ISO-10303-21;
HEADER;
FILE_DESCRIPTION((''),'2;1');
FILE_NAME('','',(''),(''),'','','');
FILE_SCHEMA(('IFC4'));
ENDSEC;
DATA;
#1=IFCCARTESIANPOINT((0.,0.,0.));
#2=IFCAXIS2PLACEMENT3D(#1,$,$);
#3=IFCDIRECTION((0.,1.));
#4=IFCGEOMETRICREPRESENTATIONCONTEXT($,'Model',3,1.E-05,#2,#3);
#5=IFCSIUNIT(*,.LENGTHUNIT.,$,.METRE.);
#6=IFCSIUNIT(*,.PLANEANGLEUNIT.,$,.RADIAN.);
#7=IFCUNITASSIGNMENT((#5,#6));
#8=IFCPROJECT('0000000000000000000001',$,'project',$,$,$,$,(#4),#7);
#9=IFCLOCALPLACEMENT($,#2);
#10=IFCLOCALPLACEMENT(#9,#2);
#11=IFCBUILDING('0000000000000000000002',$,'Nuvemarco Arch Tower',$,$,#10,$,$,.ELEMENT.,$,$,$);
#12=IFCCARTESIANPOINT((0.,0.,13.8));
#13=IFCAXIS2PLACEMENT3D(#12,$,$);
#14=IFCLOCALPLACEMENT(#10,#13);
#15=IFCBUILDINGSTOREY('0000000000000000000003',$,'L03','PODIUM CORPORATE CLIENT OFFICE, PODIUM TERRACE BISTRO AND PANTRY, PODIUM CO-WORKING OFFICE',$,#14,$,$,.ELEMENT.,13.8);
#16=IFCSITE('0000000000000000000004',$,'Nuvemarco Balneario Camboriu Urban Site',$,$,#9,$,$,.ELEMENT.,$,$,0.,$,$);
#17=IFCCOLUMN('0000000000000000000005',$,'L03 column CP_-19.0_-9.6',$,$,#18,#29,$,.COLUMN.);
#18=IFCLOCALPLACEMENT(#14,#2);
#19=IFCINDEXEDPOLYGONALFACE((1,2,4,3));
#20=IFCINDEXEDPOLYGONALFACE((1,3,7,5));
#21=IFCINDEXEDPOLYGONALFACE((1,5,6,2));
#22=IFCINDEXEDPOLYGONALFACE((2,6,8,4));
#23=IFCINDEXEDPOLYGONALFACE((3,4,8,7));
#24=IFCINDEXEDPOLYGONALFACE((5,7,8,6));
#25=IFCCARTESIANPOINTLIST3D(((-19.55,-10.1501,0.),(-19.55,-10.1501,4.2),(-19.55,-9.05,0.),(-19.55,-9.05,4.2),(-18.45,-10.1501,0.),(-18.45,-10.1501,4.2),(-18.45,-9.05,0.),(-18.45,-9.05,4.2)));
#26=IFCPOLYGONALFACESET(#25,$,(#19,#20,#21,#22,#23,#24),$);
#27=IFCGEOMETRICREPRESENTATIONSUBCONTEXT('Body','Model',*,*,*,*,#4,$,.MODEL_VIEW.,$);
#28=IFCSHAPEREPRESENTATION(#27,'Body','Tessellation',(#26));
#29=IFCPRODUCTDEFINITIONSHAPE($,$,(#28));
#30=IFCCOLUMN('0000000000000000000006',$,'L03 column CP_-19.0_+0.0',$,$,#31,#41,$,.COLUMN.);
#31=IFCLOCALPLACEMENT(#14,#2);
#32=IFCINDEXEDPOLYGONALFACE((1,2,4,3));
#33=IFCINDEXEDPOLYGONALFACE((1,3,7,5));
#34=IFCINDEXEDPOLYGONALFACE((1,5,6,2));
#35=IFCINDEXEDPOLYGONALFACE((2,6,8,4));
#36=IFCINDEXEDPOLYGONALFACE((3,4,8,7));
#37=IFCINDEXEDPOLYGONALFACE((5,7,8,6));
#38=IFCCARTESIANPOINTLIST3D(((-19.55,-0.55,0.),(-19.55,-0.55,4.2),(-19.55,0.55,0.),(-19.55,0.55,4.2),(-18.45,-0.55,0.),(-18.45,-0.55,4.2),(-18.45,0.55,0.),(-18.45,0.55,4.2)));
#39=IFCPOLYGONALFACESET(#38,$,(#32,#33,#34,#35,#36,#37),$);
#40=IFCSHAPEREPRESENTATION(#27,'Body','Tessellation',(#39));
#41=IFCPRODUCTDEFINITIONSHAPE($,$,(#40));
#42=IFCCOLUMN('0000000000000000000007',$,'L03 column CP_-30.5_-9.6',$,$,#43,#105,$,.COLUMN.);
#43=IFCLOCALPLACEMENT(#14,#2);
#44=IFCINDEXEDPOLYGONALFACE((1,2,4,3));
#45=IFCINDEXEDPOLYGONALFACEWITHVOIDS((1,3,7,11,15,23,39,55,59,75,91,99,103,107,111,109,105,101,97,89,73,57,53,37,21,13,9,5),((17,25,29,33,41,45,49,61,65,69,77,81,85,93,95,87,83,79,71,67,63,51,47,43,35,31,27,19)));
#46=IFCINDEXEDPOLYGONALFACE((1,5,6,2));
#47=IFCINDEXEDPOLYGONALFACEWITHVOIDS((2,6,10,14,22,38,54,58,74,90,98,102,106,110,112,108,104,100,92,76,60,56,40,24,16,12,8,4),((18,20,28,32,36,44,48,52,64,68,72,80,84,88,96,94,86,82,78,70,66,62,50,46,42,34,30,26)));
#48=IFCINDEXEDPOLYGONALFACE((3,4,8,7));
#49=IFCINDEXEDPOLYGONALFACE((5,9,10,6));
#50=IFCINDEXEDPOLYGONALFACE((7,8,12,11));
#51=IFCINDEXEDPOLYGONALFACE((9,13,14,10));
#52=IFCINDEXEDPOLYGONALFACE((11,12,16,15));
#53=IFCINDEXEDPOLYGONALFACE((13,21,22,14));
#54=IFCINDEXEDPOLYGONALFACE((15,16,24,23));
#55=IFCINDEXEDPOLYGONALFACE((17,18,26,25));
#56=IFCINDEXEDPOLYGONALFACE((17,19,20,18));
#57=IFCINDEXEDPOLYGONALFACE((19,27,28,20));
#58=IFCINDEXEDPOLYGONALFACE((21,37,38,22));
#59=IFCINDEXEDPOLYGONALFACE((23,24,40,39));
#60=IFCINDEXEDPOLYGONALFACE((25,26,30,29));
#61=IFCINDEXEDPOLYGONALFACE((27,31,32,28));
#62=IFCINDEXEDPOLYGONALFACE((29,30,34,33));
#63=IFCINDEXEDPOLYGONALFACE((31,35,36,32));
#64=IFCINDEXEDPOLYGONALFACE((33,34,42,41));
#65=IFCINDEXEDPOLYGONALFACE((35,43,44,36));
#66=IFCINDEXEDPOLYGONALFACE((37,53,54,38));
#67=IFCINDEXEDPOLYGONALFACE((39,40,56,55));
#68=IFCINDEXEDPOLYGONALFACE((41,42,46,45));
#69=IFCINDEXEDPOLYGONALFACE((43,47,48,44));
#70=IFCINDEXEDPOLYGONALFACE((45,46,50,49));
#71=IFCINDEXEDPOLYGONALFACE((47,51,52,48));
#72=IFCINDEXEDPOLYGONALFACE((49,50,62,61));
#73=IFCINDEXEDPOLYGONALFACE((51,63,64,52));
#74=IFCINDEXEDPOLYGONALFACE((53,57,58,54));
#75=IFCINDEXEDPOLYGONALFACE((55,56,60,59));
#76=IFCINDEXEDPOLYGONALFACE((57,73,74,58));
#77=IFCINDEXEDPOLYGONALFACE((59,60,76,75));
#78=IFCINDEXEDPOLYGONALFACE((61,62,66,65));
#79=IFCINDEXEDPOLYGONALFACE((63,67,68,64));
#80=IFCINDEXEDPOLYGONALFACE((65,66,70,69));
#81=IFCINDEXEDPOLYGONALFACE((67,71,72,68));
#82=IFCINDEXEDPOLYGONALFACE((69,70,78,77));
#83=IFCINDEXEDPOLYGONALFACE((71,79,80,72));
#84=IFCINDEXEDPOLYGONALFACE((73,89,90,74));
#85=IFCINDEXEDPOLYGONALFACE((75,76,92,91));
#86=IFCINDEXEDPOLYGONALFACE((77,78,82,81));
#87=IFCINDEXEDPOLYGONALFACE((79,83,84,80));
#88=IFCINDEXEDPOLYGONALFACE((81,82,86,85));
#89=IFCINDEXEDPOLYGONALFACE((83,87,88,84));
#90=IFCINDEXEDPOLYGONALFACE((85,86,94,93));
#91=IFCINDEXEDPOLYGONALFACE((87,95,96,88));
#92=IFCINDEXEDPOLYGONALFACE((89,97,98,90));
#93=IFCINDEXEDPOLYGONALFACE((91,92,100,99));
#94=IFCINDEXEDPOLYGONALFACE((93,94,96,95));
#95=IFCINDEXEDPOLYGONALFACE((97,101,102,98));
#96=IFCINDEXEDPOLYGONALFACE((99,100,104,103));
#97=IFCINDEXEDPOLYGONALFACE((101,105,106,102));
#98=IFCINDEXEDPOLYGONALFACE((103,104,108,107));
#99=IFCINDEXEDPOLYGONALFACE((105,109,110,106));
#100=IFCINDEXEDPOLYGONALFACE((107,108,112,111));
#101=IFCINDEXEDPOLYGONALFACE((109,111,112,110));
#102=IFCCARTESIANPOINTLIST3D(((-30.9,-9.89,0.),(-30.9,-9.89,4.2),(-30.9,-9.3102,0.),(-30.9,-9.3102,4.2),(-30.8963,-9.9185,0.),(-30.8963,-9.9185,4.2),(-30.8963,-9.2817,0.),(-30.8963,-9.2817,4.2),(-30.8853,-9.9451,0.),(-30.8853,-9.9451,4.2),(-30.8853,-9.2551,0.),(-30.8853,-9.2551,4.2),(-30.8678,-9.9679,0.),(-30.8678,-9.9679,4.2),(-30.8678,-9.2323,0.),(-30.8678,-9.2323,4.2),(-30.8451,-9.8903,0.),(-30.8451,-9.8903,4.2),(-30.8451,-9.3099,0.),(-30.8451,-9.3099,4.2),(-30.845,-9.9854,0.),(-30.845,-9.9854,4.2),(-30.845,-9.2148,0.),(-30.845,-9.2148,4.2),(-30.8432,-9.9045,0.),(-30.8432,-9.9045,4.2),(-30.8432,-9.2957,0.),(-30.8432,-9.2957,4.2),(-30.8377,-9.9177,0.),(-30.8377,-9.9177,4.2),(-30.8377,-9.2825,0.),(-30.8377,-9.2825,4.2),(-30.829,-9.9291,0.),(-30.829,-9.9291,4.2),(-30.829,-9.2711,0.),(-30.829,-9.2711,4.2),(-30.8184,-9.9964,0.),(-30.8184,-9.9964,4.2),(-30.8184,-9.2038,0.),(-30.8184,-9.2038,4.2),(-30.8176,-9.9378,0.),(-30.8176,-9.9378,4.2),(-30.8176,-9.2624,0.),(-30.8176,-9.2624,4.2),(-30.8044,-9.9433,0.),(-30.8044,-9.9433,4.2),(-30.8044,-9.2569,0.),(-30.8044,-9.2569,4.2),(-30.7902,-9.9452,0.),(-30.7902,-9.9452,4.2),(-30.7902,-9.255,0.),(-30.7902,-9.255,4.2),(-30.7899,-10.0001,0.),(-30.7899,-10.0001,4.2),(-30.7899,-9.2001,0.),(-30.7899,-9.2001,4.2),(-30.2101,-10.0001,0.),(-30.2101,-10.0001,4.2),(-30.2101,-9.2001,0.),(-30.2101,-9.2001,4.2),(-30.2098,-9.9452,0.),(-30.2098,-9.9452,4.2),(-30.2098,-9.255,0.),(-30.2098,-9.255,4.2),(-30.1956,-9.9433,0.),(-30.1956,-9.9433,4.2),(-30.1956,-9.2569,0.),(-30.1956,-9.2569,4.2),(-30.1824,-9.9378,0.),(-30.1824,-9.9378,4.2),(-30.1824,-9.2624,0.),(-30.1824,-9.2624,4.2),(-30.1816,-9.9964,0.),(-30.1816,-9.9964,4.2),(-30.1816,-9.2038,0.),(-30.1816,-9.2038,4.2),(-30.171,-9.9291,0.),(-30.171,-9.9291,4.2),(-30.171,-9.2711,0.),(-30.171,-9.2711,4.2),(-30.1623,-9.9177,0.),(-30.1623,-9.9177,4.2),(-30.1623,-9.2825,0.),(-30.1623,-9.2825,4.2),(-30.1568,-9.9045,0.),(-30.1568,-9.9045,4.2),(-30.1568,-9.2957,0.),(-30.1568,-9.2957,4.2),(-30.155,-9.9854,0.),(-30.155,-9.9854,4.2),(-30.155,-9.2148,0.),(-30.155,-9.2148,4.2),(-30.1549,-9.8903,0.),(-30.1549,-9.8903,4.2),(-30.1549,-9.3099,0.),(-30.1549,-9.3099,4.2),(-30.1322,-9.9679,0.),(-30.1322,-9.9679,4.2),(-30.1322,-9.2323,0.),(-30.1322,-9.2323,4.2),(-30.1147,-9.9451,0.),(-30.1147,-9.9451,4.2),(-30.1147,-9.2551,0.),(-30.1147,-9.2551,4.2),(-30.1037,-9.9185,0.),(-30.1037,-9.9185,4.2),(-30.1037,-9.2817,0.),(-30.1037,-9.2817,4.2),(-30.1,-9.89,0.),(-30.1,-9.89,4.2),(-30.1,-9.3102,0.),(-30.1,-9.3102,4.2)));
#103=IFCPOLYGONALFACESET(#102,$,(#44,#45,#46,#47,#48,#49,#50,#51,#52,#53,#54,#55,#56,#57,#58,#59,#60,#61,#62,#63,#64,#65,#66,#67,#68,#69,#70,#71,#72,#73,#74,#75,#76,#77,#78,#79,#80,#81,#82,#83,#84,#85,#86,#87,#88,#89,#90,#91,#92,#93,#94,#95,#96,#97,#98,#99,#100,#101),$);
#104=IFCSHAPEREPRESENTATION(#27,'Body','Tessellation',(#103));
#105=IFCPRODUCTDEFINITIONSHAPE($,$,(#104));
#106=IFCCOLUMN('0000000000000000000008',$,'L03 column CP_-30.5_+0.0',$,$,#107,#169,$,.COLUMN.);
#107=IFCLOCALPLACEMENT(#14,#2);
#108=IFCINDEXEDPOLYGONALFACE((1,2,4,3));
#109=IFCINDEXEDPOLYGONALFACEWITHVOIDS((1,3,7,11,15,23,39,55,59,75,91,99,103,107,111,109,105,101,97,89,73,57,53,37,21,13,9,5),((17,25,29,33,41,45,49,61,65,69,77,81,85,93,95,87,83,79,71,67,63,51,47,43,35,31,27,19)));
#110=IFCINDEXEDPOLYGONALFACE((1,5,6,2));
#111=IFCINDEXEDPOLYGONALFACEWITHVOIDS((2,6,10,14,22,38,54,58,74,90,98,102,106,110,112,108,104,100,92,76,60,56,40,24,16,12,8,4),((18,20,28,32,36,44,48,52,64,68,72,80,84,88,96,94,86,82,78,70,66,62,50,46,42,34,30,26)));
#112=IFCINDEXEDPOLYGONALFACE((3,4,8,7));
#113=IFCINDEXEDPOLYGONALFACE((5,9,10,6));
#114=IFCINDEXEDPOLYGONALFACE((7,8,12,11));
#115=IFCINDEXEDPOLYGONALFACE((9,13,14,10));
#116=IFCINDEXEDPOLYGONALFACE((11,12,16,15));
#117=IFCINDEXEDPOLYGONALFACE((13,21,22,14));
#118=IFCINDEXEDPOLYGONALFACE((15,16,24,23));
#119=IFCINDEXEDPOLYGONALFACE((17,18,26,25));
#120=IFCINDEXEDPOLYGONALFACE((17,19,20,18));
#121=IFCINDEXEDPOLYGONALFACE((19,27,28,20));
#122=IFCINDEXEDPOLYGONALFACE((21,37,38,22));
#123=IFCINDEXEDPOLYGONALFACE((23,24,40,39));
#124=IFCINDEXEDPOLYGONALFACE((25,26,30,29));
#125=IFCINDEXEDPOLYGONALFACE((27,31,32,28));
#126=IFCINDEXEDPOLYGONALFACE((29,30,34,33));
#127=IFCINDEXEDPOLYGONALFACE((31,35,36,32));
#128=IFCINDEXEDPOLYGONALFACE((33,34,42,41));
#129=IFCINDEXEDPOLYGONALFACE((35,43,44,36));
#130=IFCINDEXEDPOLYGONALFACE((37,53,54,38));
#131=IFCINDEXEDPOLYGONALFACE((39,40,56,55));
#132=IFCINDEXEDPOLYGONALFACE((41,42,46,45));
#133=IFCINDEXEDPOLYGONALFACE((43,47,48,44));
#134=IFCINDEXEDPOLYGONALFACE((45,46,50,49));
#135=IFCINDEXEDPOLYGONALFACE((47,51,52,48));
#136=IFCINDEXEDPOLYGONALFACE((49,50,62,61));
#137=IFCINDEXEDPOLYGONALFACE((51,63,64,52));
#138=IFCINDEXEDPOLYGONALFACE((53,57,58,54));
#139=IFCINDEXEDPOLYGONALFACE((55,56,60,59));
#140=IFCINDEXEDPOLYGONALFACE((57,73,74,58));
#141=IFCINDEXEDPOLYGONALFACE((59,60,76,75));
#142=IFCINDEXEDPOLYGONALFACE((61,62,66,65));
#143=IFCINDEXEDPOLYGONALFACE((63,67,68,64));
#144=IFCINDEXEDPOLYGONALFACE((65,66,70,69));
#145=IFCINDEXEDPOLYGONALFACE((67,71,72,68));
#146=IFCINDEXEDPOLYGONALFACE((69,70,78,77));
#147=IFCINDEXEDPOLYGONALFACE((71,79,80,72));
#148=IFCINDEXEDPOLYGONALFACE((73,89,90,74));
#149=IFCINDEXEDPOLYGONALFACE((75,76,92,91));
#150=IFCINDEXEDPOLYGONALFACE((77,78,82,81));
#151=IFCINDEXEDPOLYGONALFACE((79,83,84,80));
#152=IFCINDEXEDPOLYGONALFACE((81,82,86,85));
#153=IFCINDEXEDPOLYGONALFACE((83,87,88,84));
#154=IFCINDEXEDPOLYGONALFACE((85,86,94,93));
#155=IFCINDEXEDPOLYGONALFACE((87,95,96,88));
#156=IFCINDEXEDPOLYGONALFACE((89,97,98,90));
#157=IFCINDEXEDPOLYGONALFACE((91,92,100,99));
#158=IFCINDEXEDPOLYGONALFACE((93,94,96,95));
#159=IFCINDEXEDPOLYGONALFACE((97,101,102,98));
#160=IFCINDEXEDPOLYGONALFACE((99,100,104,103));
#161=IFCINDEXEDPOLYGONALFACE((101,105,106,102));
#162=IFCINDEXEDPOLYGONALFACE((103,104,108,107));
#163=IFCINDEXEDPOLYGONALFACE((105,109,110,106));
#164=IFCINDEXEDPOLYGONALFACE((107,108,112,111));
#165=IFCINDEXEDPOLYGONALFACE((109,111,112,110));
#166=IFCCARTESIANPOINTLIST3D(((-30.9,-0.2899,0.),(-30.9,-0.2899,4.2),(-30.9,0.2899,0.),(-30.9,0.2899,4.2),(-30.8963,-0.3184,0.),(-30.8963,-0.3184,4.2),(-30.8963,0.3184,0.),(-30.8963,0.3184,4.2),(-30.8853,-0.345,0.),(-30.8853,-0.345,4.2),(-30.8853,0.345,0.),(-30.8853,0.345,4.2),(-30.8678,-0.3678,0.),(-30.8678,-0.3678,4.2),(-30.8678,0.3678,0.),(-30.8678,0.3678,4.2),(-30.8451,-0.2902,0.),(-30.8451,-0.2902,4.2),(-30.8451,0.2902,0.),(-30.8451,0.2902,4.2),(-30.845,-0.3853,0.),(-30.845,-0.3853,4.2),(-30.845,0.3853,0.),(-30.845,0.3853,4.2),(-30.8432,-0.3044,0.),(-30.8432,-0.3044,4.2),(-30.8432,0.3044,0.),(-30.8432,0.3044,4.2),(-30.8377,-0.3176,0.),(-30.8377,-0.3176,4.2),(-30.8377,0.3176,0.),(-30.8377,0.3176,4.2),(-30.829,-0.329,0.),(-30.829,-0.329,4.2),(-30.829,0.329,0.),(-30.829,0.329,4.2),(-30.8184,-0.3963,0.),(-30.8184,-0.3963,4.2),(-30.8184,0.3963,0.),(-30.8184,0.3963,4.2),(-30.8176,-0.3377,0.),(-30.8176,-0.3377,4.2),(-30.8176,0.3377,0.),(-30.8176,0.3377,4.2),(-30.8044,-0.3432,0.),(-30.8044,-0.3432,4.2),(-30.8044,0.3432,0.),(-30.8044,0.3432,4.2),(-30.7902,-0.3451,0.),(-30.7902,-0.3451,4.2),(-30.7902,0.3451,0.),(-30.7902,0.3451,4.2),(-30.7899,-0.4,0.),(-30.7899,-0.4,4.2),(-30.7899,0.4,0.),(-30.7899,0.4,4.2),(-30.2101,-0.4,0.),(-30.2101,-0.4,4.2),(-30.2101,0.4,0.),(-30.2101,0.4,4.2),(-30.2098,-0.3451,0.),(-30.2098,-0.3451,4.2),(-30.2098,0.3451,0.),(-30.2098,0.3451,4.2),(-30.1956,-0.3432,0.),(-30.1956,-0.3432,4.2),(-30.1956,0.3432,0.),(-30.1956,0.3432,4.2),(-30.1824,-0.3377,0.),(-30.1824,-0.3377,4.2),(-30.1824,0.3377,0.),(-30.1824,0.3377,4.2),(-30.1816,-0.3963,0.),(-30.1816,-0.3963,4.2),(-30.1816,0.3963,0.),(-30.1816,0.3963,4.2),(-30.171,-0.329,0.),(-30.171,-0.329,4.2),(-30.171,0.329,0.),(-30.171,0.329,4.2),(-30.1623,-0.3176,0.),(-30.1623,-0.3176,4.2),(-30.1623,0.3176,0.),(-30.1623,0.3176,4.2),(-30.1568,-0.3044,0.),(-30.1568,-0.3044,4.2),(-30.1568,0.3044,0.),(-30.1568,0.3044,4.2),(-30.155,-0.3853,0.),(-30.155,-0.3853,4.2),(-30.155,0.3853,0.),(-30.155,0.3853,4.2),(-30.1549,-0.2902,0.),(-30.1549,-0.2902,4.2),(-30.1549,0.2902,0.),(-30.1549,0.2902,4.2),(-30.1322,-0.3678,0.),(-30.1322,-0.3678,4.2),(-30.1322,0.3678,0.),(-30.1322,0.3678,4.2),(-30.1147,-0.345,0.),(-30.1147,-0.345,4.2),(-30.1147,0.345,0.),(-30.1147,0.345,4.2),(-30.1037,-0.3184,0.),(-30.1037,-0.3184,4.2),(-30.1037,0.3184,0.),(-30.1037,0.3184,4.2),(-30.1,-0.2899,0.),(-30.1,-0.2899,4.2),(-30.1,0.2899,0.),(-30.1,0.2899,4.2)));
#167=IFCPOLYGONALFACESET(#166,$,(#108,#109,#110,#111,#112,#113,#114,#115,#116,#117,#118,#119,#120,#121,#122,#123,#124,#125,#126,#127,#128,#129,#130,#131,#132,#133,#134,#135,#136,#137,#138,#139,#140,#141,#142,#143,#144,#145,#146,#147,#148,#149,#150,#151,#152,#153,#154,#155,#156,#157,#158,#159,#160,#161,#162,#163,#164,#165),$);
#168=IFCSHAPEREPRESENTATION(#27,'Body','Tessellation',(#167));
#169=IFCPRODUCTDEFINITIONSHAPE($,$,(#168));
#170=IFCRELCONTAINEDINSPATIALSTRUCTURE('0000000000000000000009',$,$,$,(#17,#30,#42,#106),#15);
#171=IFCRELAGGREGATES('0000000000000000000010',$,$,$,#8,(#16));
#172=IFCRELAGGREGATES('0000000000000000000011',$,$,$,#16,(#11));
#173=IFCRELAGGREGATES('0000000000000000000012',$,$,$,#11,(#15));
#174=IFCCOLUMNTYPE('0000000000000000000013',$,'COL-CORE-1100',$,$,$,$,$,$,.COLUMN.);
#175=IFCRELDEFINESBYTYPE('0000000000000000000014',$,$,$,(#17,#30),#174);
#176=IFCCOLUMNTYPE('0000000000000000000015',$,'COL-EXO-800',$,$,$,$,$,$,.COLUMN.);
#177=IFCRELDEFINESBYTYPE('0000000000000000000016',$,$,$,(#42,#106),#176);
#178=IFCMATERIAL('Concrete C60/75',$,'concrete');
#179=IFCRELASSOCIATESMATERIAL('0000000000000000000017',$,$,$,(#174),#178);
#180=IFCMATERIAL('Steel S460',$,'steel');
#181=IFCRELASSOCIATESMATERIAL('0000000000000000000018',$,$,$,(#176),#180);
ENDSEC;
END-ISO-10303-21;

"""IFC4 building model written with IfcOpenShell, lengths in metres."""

from ifc_helpers import new_model, si_unit, direction, frame, origin, origin_2d, place, context, subcontext, project, spatial, rectangle, hollow_rectangle, extrude, material, material_profile, profile_set, type_object, element, save


model = new_model("IFC4")

# Units and contexts
model_context = context("Model", 3, precision=1e-05, world=origin(), true_north=direction((0.0, 1.0)))
body_context = subcontext(model_context, "Body", "Model", "MODEL_VIEW")
ifc_project = project(units=[si_unit("LENGTHUNIT", "METRE"), si_unit("PLANEANGLEUNIT", "RADIAN")], contexts=[model_context])

# Site, building, storey
site_placement = place(None, origin())
site = spatial("IfcSite", under=ifc_project, at=site_placement, Name="Nuvemarco Balneario Camboriu Urban Site", CompositionType="ELEMENT", RefElevation=0.0)
building_placement = place(site_placement, origin())
building = spatial("IfcBuilding", under=site, at=building_placement, Name="Nuvemarco Arch Tower", CompositionType="ELEMENT")
storey_placement = place(building_placement, frame((0.0, 0.0, 13.8)))
storey = spatial("IfcBuildingStorey", under=building, at=storey_placement, Name="L03", Description="PODIUM CORPORATE CLIENT OFFICE, PODIUM TERRACE BISTRO AND PANTRY, PODIUM CO-WORKING OFFICE", CompositionType="ELEMENT", Elevation=13.8)

# Columns
ifc_material_1 = material(Name="Concrete C60/75", Category="concrete")
ifc_material_profile_1 = material_profile(ifc_material_1, rectangle(XDim=1.1001, YDim=1.1001, at=origin_2d()), Name="RC-COL-1100x1100")
ifc_profile_set_1 = profile_set([ifc_material_profile_1], Name="Concrete C60/75")
column_type_1 = type_object("IfcColumnType", Name="COL-CORE-1100", PredefinedType="COLUMN", material=ifc_profile_set_1)
for number, where, z_axis, x_axis, name in (
    (1, (-19.0, -9.6001, 0.0), (0.0, 0.0, 1.0), (1.0, 0.0, 0.0), "L03 column CP_-19.0_-9.6"),
    (2, (-19.0, 0.0, 0.0), (0.0, 0.0, 1.0), (1.0, 0.0, 0.0), "L03 column CP_-19.0_+0.0"),
):
    element("IfcColumn", number, at=place(storey_placement, frame(where, z_axis=z_axis, x_axis=x_axis)), inside=storey, type_object=column_type_1, Name=name, PredefinedType="COLUMN", context=body_context, shape_type="SweptSolid", body=[
        extrude(rectangle(XDim=1.1001, YDim=1.1001, at=origin_2d()), origin(), (0.0, 0.0, 1.0), 4.2),
    ])
ifc_material_2 = material(Name="Steel S460", Category="steel")
ifc_material_profile_2 = material_profile(ifc_material_2, hollow_rectangle(XDim=0.8, YDim=0.8, WallThickness=0.0549, InnerFilletRadius=0.0549, OuterFilletRadius=0.1101, at=origin_2d()), Name="SHS800x800x55")
ifc_profile_set_2 = profile_set([ifc_material_profile_2], Name="Steel S460")
column_type_2 = type_object("IfcColumnType", Name="COL-EXO-800", PredefinedType="COLUMN", material=ifc_profile_set_2)
for number, where, z_axis, x_axis, name in (
    (3, (-30.5, -9.6001, 0.0), (0.0, 0.0, 1.0), (1.0, 0.0, 0.0), "L03 column CP_-30.5_-9.6"),
    (4, (-30.5, 0.0, 0.0), (0.0, 0.0, 1.0), (1.0, 0.0, 0.0), "L03 column CP_-30.5_+0.0"),
):
    element("IfcColumn", number, at=place(storey_placement, frame(where, z_axis=z_axis, x_axis=x_axis)), inside=storey, type_object=column_type_2, Name=name, PredefinedType="COLUMN", context=body_context, shape_type="SweptSolid", body=[
        extrude(hollow_rectangle(XDim=0.8, YDim=0.8, WallThickness=0.0549, InnerFilletRadius=0.0549, OuterFilletRadius=0.1101, at=origin_2d()), origin(), (0.0, 0.0, 1.0), 4.2),
    ])

save(model, "model.ifc")
